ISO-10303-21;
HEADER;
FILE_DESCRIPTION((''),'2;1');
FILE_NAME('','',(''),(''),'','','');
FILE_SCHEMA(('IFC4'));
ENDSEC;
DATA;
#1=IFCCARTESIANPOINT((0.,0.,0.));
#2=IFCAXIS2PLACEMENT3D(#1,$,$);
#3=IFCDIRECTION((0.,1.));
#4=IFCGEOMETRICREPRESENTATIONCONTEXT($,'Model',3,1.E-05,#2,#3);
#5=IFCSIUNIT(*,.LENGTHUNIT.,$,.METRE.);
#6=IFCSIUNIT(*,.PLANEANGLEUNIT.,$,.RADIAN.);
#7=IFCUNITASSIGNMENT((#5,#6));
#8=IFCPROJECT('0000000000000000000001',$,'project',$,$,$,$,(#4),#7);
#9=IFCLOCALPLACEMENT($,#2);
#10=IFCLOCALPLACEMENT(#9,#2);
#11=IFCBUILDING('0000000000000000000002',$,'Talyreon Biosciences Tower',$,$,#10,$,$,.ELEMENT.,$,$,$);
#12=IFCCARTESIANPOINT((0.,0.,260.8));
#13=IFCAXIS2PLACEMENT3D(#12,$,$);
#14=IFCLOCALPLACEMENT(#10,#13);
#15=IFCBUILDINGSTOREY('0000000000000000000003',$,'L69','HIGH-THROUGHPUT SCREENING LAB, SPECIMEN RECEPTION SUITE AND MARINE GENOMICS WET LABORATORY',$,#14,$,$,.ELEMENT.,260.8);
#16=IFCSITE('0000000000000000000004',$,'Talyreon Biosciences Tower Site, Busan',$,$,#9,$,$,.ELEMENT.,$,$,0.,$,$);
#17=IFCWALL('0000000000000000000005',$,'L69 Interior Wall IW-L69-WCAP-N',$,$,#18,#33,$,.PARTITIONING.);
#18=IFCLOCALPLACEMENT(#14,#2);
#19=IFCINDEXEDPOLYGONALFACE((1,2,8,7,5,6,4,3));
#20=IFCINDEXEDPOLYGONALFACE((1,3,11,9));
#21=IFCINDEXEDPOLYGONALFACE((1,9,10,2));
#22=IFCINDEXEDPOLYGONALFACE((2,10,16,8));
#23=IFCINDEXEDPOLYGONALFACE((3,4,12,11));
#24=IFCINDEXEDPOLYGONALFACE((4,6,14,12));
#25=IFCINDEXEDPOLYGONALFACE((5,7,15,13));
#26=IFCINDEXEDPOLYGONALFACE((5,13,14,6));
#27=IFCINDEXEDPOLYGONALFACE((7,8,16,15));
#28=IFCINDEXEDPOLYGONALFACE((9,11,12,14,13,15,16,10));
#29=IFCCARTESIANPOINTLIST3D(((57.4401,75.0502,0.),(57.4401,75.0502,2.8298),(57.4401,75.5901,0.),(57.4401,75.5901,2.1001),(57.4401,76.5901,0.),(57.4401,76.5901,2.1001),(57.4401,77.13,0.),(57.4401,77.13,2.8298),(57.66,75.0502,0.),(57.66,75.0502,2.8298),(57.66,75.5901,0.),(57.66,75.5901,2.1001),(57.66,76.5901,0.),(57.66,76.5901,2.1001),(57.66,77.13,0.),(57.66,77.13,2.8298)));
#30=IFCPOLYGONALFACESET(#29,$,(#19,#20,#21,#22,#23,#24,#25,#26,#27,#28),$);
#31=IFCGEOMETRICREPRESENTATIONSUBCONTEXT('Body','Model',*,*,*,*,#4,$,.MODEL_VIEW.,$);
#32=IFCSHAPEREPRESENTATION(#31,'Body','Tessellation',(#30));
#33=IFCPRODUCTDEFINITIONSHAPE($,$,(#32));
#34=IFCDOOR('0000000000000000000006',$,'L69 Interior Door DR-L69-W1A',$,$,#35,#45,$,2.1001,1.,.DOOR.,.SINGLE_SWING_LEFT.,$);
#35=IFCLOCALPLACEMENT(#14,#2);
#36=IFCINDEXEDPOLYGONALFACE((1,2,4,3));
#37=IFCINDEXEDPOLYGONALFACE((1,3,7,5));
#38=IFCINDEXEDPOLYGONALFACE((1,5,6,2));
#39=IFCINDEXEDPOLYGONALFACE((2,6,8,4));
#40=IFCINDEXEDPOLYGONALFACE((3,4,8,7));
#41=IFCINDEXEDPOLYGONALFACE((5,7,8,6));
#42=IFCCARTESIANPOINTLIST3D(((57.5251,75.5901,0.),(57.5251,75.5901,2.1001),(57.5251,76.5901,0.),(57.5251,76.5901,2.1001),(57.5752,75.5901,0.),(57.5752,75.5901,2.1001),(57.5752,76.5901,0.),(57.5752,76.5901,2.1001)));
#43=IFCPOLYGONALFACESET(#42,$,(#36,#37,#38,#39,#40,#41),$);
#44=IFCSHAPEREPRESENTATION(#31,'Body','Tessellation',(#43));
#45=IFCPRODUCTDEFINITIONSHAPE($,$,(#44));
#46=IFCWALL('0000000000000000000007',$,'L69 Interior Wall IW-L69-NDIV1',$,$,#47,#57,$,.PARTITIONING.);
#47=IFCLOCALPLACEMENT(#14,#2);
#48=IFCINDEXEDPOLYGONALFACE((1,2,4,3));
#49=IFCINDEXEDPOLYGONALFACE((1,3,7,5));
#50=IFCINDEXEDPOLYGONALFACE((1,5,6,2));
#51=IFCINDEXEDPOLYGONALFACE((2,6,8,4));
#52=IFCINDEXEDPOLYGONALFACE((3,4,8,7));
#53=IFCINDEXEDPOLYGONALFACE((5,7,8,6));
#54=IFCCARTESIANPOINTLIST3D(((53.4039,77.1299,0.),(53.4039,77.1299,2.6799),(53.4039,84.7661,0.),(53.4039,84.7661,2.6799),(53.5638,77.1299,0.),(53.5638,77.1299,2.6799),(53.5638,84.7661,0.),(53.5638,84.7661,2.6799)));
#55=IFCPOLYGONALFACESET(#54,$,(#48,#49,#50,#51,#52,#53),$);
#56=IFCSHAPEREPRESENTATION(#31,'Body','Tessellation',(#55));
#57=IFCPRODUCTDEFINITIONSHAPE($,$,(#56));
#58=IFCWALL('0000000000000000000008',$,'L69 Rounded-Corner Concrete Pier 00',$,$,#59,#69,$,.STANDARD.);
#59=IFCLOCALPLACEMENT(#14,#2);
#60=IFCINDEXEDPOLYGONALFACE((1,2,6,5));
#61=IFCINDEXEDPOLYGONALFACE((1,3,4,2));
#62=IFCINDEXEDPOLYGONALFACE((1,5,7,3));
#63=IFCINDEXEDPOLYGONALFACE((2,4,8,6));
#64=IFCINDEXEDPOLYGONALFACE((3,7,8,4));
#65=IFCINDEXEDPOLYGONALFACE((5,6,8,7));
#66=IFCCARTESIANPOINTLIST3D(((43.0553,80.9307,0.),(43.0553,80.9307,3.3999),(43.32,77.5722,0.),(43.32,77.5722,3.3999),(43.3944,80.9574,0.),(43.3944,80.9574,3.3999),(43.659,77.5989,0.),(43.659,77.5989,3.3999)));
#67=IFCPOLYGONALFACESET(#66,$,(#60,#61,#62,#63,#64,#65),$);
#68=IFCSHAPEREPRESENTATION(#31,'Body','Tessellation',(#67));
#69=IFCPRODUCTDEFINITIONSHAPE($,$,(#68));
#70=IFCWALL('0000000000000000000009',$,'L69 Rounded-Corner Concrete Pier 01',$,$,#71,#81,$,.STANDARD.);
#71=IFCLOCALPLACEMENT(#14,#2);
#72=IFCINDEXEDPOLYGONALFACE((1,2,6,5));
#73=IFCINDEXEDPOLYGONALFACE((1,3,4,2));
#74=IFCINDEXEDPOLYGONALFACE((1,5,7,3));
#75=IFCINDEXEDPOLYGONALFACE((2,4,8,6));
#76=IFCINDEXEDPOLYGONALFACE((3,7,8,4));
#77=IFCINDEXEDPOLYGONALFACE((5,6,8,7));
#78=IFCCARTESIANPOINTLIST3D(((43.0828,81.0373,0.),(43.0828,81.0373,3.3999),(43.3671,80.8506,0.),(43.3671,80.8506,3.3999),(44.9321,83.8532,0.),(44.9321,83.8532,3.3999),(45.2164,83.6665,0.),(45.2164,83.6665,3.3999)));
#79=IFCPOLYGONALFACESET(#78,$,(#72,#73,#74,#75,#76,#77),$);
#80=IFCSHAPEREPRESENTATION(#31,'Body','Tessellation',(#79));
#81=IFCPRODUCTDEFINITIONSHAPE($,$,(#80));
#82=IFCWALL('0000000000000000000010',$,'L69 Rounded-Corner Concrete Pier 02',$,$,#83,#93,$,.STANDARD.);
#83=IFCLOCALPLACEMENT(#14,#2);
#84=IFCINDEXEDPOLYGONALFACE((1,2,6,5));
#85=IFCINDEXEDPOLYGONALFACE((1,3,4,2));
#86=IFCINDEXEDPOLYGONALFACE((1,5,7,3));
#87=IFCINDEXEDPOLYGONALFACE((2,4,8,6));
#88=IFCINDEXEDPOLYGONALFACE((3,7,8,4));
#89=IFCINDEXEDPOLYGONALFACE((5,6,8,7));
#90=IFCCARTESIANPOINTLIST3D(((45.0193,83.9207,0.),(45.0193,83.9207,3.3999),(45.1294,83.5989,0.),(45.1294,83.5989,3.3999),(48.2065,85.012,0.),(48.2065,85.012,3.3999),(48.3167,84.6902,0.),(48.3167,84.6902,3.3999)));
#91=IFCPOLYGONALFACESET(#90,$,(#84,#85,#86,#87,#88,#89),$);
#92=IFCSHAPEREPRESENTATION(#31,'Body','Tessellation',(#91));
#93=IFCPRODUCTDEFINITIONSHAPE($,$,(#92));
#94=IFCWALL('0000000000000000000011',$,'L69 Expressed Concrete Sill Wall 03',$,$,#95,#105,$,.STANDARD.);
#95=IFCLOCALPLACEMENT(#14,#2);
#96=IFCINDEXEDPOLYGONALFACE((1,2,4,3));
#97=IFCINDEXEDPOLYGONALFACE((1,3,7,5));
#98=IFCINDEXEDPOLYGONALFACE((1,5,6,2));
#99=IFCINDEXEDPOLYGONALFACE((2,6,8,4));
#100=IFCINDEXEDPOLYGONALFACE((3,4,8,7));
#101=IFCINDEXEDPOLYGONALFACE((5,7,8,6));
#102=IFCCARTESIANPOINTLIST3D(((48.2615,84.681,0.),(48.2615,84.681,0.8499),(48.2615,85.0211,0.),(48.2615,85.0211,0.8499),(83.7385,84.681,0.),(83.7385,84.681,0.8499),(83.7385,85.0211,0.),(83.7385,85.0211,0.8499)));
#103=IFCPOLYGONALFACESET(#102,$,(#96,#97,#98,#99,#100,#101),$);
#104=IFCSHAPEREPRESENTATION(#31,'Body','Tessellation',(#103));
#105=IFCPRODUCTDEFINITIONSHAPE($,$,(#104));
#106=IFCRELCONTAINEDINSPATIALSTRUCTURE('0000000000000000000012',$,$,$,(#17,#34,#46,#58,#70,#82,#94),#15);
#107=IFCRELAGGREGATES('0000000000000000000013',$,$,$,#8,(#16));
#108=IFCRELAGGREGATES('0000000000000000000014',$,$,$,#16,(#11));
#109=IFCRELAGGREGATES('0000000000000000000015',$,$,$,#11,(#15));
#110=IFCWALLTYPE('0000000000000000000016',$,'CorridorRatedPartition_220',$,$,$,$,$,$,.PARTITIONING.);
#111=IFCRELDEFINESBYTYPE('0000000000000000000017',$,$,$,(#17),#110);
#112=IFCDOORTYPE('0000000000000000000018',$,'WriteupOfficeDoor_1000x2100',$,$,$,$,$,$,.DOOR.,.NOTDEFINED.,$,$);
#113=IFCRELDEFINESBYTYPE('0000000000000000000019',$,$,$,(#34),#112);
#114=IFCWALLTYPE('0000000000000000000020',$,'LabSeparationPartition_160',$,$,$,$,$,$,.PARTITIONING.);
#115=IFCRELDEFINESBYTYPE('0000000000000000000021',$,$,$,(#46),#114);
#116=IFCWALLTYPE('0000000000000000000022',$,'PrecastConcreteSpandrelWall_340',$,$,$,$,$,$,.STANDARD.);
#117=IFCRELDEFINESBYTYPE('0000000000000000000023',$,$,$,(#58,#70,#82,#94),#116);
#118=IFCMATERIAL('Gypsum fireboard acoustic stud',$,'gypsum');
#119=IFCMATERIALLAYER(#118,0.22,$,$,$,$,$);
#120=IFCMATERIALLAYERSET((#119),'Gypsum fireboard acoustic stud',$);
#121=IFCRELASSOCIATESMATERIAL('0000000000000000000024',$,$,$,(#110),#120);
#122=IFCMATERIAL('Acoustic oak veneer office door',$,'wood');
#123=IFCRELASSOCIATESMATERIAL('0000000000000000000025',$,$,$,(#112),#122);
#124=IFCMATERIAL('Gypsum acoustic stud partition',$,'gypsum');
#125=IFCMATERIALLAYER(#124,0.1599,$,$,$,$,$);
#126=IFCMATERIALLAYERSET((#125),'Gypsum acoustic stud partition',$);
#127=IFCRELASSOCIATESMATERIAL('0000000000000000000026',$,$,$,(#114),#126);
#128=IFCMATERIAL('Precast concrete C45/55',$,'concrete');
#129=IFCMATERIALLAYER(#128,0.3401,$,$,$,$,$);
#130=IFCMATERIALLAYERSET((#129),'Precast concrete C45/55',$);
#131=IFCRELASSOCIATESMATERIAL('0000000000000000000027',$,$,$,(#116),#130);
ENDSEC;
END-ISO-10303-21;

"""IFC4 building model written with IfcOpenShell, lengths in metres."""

from ifc_helpers import new_model, si_unit, direction, frame, frame_2d, origin, place, context, subcontext, project, spatial, rectangle, extrude, material, layer, layer_set, type_object, element, fill, save


model = new_model("IFC4")

# Units and contexts
model_context = context("Model", 3, precision=1e-05, world=origin(), true_north=direction((0.0, 1.0)))
body_context = subcontext(model_context, "Body", "Model", "MODEL_VIEW")
ifc_project = project(units=[si_unit("LENGTHUNIT", "METRE"), si_unit("PLANEANGLEUNIT", "RADIAN")], contexts=[model_context])

# Site, building, storey
site_placement = place(None, origin())
site = spatial("IfcSite", under=ifc_project, at=site_placement, Name="Talyreon Biosciences Tower Site, Busan", CompositionType="ELEMENT", RefElevation=0.0)
building_placement = place(site_placement, origin())
building = spatial("IfcBuilding", under=site, at=building_placement, Name="Talyreon Biosciences Tower", CompositionType="ELEMENT")
storey_placement = place(building_placement, frame((0.0, 0.0, 260.8)))
storey = spatial("IfcBuildingStorey", under=building, at=storey_placement, Name="L69", Description="HIGH-THROUGHPUT SCREENING LAB, SPECIMEN RECEPTION SUITE AND MARINE GENOMICS WET LABORATORY", CompositionType="ELEMENT", Elevation=260.8)

# Shared definitions
ifc_material_1 = material(Name="Precast concrete C45/55", Category="concrete")

# Shared definitions
ifc_material_2 = material(Name="Gypsum fireboard acoustic stud", Category="gypsum")
ifc_layer_1 = layer(ifc_material_2, 0.22)
ifc_layer_set_1 = layer_set([ifc_layer_1], Name="Gypsum fireboard acoustic stud")
wall_type_1 = type_object("IfcWallType", Name="CorridorRatedPartition_220", PredefinedType="PARTITIONING", material=ifc_layer_set_1)
ifc_material_3 = material(Name="Acoustic oak veneer office door", Category="wood")
door_type_1 = type_object("IfcDoorType", Name="WriteupOfficeDoor_1000x2100", OperationType="NOTDEFINED", PredefinedType="DOOR", material=ifc_material_3)

# Wall, opening, door
wall_1_placement = place(storey_placement, frame((57.55, 75.05, 0.0), z_axis=(0.0, 0.0, 1.0), x_axis=(0.0, 1.0, 0.0)))
wall_1 = element("IfcWall", 1, at=wall_1_placement, inside=storey, type_object=wall_type_1, Name="L69 Interior Wall IW-L69-WCAP-N", PredefinedType="PARTITIONING", context=body_context, shape_type="SweptSolid", body=[
    extrude(rectangle(XDim=2.0798, YDim=0.22, at=frame_2d((1.04, 0.0))), origin(), (0.0, 0.0, 1.0), 2.8298),
])
opening_1_placement = place(wall_1_placement, frame((0.54, 0.0, 0.0)))
opening_1 = element("IfcOpeningElement", 2, at=opening_1_placement, cuts=wall_1, PredefinedType="OPENING", context=body_context, shape_type="SweptSolid", body=[
    extrude(rectangle(XDim=1.0, YDim=2.1001, at=frame_2d((0.5, 1.05))), frame((0.0, 0.1199, 0.0), z_axis=(0.0, -1.0, 0.0), x_axis=(1.0, 0.0, 0.0)), (0.0, 0.0, 1.0), 0.24),
])
door_1_placement = place(opening_1_placement, origin())
door_1 = element("IfcDoor", 3, at=door_1_placement, inside=storey, type_object=door_type_1, Name="L69 Interior Door DR-L69-W1A", OperationType="SINGLE_SWING_LEFT", OverallHeight=2.1001, OverallWidth=1.0, PredefinedType="DOOR", context=body_context, shape_type="SweptSolid", body=[
    extrude(rectangle(XDim=1.0, YDim=2.1001, at=frame_2d((0.5, 1.05))), frame((0.0, 0.0249, 0.0), z_axis=(0.0, -1.0, 0.0), x_axis=(1.0, 0.0, 0.0)), (0.0, 0.0, 1.0), 0.05),
])
fill(opening_1, door_1)

# Walls
ifc_material_4 = material(Name="Gypsum acoustic stud partition", Category="gypsum")
ifc_layer_2 = layer(ifc_material_4, 0.1599)
ifc_layer_set_2 = layer_set([ifc_layer_2], Name="Gypsum acoustic stud partition")
wall_type_2 = type_object("IfcWallType", Name="LabSeparationPartition_160", PredefinedType="PARTITIONING", material=ifc_layer_set_2)
wall_2_placement = place(storey_placement, frame((53.4839, 77.1299, 0.0), z_axis=(0.0, 0.0, 1.0), x_axis=(0.0, 1.0, 0.0)))
element("IfcWall", 4, at=wall_2_placement, inside=storey, type_object=wall_type_2, Name="L69 Interior Wall IW-L69-NDIV1", PredefinedType="PARTITIONING", context=body_context, shape_type="SweptSolid", body=[
    extrude(rectangle(XDim=7.6362, YDim=0.1599, at=frame_2d((3.8181, 0.0))), origin(), (0.0, 0.0, 1.0), 2.6799),
])
ifc_layer_3 = layer(ifc_material_1, 0.3401)
ifc_layer_set_3 = layer_set([ifc_layer_3], Name="Precast concrete C45/55")
wall_type_3 = type_object("IfcWallType", Name="PrecastConcreteSpandrelWall_340", PredefinedType="STANDARD", material=ifc_layer_set_3)
for number, where, z_axis, x_axis, name in (
    (5, (43.4895, 77.5854, 0.0), (0.0, 0.0, 1.0), (-0.078558, 0.99691, 0.0), "L69 Rounded-Corner Concrete Pier 00"),
    (6, (43.2249, 80.9438, 0.0), (0.0, 0.0, 1.0), (0.548951, 0.835855, 0.0), "L69 Rounded-Corner Concrete Pier 01"),
    (7, (45.0742, 83.7598, 0.0), (0.0, 0.0, 1.0), (0.946079, 0.323935, 0.0), "L69 Rounded-Corner Concrete Pier 02"),
):
    element("IfcWall", number, at=place(storey_placement, frame(where, z_axis=z_axis, x_axis=x_axis)), inside=storey, type_object=wall_type_3, Name=name, PredefinedType="STANDARD", context=body_context, shape_type="SweptSolid", body=[
        extrude(rectangle(XDim=3.3689, YDim=0.3401, at=frame_2d((1.6846, 0.0))), origin(), (0.0, 0.0, 1.0), 3.3999),
    ])
wall_3_placement = place(storey_placement, frame((48.2615, 84.8511, 0.0), z_axis=(0.0, 0.0, 1.0), x_axis=(1.0, 0.0, 0.0)))
element("IfcWall", 8, at=wall_3_placement, inside=storey, type_object=wall_type_3, Name="L69 Expressed Concrete Sill Wall 03", PredefinedType="STANDARD", context=body_context, shape_type="SweptSolid", body=[
    extrude(rectangle(XDim=35.4771, YDim=0.3401, at=frame_2d((17.7385, 0.0))), origin(), (0.0, 0.0, 1.0), 0.8499),
])

save(model, "model.ifc")
